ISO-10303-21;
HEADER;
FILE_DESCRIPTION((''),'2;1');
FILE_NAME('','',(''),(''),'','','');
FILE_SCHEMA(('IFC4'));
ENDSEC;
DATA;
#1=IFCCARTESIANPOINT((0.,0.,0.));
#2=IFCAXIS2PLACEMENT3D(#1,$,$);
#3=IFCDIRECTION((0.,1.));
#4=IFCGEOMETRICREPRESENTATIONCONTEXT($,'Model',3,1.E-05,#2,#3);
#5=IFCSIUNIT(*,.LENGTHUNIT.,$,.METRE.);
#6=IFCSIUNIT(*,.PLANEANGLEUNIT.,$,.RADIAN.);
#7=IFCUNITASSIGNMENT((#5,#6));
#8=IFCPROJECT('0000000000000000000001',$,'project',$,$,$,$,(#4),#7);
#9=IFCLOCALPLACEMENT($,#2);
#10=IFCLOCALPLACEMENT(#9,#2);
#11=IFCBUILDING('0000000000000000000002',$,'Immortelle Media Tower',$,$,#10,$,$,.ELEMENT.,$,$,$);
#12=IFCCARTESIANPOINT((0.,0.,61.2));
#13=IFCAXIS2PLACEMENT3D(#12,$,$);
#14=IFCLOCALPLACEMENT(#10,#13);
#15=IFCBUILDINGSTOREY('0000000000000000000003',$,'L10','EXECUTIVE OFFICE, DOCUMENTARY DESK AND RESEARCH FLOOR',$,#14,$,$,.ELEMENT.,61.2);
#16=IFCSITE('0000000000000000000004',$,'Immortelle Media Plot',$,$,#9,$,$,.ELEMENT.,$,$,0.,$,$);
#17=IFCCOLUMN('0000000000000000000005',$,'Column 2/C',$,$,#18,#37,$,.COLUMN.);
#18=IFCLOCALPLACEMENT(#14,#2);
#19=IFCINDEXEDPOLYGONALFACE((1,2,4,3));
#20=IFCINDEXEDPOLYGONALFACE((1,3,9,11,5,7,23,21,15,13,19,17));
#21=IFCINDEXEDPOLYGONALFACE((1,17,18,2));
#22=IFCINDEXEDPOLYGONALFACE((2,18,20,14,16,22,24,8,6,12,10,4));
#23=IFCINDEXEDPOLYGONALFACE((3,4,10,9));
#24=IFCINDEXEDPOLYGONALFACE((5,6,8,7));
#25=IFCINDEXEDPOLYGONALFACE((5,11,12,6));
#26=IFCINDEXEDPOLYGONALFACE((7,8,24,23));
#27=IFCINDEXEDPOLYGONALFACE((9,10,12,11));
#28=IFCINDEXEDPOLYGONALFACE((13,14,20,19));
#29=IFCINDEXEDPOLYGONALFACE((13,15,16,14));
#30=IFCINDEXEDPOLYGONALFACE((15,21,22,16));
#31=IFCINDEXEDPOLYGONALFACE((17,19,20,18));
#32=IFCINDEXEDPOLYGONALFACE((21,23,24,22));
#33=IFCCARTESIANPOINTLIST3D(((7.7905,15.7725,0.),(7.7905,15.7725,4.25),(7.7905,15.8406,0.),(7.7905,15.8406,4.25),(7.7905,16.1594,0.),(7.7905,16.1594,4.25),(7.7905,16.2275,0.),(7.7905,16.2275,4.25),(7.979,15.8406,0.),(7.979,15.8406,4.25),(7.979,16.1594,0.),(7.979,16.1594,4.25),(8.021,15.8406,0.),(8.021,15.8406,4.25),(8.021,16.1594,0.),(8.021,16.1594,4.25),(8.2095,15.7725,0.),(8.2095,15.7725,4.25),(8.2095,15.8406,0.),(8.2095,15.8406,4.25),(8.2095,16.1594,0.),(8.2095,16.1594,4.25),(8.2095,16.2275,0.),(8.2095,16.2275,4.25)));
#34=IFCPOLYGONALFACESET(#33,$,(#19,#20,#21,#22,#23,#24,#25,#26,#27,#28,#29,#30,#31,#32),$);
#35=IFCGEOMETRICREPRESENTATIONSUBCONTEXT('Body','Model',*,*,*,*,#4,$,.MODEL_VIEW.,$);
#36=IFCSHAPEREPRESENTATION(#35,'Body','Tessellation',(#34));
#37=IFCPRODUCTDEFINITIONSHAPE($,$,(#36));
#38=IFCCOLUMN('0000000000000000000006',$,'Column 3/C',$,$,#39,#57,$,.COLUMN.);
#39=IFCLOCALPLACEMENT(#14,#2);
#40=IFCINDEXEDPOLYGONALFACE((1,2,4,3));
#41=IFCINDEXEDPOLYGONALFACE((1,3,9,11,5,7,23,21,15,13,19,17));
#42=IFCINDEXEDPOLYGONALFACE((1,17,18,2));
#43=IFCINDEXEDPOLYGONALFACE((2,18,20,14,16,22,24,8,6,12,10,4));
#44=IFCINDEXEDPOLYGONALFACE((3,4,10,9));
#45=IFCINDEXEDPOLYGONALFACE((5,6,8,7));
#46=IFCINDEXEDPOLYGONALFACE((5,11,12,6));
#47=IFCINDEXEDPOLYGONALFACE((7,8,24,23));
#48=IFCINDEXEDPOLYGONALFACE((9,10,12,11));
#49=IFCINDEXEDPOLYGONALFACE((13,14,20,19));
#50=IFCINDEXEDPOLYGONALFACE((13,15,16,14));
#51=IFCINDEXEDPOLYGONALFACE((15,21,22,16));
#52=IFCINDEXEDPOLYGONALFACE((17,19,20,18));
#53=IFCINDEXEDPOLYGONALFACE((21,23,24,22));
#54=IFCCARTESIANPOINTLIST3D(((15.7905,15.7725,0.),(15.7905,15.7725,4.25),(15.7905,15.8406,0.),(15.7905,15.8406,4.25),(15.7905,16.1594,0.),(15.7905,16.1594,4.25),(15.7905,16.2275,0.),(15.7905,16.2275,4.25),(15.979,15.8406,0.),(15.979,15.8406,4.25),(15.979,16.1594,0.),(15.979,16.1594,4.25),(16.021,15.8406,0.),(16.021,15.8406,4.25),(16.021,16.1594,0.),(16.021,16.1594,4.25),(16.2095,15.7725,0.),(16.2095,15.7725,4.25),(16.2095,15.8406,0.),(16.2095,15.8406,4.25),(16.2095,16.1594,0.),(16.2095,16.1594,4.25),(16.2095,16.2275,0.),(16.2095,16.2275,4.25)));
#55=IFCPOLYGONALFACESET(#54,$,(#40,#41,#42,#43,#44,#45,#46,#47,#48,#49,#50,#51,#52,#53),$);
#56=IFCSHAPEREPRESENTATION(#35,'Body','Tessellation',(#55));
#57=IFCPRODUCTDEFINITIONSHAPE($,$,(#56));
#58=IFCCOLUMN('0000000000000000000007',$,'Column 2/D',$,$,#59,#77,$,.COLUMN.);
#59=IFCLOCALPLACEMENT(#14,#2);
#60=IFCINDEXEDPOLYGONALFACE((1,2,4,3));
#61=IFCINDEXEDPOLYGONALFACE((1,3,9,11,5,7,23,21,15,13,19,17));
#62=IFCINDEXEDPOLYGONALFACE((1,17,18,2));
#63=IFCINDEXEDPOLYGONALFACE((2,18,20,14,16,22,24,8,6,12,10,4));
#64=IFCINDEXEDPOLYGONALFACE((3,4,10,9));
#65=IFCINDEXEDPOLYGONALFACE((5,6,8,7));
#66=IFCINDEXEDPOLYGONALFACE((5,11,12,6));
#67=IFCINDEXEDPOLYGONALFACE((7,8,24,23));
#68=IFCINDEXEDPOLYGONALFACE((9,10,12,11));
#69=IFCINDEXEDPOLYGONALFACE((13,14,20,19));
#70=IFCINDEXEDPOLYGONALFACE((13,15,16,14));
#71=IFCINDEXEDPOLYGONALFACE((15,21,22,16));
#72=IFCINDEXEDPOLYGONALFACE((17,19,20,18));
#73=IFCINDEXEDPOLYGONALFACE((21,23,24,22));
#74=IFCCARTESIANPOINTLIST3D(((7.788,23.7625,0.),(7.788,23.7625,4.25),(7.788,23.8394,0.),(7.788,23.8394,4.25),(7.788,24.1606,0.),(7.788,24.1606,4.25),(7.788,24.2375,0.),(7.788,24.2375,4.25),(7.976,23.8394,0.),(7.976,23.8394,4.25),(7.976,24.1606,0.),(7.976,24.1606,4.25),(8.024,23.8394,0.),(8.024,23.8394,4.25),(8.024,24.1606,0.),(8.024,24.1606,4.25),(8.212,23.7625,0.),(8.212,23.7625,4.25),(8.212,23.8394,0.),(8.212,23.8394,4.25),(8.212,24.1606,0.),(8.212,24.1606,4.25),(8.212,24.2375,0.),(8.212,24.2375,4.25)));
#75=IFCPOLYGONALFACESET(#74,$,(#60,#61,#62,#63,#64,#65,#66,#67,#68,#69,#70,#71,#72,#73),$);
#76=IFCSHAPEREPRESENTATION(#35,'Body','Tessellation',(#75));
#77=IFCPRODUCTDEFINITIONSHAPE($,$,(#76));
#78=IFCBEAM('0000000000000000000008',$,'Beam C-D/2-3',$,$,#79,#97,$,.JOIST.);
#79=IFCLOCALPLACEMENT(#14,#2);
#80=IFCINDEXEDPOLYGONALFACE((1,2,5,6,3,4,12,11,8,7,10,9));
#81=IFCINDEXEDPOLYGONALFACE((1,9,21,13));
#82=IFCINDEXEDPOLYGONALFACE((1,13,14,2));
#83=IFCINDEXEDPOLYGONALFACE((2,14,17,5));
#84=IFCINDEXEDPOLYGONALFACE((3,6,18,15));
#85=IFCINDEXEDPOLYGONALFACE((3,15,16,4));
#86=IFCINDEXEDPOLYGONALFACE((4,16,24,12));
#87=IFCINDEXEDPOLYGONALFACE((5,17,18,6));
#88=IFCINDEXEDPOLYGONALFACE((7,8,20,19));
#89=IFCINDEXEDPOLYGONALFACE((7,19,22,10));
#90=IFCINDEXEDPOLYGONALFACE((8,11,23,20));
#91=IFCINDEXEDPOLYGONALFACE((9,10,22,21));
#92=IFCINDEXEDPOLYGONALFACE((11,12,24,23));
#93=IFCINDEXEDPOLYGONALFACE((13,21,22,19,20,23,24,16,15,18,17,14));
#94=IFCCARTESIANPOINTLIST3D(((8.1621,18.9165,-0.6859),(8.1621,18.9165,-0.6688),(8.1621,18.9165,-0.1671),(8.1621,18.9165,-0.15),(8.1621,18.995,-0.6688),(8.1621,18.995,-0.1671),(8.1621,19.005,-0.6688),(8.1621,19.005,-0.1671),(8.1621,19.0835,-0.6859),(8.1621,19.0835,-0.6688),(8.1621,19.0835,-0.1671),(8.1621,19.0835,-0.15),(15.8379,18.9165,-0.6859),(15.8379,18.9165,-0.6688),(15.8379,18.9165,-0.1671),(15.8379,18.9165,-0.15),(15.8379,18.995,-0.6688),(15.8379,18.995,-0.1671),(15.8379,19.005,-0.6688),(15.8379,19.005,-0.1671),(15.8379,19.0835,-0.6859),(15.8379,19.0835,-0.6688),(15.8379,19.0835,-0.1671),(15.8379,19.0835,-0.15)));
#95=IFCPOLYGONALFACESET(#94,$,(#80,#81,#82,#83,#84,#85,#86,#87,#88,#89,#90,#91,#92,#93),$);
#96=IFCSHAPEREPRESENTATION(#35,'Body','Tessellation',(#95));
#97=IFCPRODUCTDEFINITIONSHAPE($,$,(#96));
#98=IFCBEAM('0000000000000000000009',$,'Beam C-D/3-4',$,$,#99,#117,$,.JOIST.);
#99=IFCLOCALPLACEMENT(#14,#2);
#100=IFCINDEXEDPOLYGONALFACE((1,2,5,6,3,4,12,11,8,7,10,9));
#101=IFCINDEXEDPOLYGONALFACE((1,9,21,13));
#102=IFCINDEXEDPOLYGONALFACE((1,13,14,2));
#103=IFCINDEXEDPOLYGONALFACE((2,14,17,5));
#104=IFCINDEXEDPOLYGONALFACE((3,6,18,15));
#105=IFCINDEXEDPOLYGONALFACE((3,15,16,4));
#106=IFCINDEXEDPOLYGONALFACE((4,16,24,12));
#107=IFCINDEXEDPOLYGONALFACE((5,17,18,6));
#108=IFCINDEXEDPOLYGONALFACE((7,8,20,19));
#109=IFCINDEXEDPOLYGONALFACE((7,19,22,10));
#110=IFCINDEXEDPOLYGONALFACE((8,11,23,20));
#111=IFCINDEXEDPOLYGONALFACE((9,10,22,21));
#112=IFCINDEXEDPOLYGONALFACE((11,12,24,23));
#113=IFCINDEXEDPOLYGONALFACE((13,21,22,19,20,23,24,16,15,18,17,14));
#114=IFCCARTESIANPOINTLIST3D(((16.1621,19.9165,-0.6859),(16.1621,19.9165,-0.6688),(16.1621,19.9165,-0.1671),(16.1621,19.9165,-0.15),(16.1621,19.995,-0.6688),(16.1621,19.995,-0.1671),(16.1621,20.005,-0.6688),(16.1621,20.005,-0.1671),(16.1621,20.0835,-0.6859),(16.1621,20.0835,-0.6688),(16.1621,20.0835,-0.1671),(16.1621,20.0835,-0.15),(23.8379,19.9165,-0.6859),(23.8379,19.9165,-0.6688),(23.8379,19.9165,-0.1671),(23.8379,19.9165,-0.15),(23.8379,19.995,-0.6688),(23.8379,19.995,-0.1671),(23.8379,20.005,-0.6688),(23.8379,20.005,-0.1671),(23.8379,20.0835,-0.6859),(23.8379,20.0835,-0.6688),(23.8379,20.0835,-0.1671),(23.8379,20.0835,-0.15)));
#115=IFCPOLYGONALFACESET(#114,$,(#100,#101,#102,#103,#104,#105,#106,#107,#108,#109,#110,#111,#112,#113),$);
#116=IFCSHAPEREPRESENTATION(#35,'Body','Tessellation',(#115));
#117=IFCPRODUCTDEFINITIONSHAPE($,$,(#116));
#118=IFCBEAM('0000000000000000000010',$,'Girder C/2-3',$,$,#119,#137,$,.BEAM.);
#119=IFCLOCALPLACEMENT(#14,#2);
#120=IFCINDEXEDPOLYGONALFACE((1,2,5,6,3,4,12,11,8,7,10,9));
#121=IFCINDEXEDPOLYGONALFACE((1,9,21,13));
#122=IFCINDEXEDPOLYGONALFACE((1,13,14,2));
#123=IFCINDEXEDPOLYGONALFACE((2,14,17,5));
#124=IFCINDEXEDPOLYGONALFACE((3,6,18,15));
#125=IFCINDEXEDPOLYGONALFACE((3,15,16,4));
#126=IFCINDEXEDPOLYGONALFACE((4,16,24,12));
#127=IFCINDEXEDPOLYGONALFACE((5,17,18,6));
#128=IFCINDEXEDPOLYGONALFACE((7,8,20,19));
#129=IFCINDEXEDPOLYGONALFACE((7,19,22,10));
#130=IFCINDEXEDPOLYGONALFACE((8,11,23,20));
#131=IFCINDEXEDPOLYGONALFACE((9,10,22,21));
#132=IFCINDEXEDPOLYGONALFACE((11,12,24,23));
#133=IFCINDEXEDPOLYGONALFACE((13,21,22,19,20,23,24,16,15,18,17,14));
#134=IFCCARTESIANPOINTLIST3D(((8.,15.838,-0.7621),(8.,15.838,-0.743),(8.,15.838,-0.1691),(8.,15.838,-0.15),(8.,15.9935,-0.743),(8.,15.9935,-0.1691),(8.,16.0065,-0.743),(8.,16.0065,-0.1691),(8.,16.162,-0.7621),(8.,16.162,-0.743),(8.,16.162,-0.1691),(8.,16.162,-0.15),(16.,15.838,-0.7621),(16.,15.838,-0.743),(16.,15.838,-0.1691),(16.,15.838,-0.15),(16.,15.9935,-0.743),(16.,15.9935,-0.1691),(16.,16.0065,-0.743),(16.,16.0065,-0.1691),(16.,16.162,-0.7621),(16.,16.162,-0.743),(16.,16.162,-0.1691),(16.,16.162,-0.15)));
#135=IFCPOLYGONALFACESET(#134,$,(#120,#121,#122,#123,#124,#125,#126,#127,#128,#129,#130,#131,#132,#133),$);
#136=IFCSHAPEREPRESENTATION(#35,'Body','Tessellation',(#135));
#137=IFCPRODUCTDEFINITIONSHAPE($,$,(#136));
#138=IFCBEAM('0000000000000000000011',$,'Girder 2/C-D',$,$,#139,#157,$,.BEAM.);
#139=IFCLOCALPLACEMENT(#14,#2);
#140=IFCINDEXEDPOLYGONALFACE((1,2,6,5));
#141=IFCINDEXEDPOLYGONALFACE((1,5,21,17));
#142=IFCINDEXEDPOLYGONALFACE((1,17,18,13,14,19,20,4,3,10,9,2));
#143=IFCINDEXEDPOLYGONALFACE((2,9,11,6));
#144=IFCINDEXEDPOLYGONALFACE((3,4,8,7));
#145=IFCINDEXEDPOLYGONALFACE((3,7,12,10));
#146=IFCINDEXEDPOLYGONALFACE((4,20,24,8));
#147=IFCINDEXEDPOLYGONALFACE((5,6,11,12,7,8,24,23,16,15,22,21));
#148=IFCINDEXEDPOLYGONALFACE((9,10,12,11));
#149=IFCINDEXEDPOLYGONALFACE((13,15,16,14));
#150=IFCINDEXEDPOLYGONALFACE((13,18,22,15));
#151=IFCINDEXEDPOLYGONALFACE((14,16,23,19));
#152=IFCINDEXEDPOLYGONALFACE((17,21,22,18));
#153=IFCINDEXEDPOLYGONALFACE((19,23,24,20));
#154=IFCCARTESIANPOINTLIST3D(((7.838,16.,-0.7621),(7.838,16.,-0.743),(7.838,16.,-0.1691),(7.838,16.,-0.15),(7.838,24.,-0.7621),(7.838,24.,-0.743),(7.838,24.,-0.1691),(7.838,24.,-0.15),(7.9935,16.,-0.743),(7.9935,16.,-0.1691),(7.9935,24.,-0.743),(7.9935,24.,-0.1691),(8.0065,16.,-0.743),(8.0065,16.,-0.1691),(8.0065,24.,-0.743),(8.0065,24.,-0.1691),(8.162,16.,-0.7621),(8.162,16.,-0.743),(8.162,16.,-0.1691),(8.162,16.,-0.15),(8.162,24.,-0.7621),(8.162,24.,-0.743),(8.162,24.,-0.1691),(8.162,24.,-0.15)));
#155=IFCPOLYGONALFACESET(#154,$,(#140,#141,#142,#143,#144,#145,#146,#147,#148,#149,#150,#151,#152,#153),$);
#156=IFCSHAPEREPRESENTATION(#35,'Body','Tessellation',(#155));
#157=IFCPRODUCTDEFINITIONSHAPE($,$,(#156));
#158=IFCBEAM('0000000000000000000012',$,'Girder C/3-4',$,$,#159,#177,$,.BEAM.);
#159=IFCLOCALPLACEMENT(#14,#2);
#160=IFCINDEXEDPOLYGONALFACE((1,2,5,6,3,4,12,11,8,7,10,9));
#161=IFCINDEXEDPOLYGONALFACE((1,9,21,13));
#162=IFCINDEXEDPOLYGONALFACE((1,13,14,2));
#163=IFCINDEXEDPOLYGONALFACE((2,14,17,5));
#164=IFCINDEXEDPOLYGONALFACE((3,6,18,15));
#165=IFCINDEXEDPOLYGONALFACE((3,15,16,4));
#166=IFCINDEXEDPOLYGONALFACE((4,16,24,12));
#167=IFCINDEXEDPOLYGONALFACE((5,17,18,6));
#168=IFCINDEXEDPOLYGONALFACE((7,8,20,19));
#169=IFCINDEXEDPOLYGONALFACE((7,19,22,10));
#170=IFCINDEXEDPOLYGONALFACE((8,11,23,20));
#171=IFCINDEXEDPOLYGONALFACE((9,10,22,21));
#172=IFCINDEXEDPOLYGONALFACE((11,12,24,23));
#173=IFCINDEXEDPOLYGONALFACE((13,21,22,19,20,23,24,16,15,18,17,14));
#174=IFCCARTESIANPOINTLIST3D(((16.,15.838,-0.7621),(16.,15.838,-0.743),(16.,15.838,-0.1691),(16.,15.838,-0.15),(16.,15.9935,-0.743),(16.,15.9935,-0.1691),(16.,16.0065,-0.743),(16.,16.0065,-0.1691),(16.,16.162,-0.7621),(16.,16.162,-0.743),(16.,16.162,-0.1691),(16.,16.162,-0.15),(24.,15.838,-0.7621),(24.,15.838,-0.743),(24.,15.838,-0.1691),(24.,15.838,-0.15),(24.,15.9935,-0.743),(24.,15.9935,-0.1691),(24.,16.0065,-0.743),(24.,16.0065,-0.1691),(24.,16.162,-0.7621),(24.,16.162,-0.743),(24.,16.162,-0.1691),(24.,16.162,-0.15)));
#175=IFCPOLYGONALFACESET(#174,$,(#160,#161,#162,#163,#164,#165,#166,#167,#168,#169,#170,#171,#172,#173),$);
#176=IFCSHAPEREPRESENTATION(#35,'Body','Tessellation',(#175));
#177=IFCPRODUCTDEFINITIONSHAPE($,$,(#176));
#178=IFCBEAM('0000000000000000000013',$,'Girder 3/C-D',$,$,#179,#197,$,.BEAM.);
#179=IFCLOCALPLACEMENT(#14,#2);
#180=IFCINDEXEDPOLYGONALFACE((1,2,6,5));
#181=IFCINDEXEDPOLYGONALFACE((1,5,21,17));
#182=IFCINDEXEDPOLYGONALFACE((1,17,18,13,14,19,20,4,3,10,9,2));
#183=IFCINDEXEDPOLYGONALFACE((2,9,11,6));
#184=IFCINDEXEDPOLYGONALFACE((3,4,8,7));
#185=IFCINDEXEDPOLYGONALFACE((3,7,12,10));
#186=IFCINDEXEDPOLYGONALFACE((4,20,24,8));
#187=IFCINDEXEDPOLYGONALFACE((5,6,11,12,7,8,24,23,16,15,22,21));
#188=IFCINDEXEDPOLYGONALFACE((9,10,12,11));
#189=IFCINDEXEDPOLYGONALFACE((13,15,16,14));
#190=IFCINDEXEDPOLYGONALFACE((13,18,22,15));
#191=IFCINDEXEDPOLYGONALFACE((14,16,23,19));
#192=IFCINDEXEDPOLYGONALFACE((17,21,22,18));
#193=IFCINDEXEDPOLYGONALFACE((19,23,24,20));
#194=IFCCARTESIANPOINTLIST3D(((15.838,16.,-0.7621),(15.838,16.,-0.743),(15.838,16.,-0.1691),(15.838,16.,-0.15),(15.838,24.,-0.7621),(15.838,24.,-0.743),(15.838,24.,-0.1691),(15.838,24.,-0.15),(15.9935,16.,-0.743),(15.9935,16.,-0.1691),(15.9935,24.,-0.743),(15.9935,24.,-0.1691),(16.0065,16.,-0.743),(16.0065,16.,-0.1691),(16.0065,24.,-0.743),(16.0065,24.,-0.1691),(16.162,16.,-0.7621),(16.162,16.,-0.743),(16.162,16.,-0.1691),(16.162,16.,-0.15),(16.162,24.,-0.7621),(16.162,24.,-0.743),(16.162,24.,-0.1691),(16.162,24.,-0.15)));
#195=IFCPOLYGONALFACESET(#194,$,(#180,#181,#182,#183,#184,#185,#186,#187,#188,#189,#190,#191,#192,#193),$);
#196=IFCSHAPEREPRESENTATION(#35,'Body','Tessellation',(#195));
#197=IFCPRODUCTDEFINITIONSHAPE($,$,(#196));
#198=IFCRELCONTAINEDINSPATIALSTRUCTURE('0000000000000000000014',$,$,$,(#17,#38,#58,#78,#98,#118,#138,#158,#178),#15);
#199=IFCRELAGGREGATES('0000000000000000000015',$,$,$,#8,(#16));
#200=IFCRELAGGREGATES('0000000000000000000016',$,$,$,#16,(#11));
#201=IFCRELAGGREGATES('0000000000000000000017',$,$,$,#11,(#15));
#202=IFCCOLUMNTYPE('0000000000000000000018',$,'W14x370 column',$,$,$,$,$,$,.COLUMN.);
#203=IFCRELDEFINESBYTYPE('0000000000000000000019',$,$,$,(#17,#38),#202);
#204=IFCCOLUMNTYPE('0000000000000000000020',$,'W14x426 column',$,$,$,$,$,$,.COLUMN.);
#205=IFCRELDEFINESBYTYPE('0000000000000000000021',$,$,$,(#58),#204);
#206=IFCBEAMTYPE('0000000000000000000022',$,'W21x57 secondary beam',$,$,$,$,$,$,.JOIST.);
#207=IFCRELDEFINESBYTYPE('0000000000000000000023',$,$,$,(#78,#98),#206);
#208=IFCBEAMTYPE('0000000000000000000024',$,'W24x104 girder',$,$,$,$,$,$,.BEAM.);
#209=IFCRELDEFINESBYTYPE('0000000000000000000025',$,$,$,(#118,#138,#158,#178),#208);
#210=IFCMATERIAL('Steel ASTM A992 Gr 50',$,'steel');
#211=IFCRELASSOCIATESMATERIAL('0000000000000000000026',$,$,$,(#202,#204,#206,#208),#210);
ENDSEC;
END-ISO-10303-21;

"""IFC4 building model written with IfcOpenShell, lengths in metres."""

from ifc_helpers import new_model, si_unit, direction, frame, origin, origin_2d, place, context, subcontext, project, spatial, i_section, extrude, material, material_profile, profile_set, type_object, element, save


model = new_model("IFC4")

# Units and contexts
model_context = context("Model", 3, precision=1e-05, world=origin(), true_north=direction((0.0, 1.0)))
body_context = subcontext(model_context, "Body", "Model", "MODEL_VIEW")
ifc_project = project(units=[si_unit("LENGTHUNIT", "METRE"), si_unit("PLANEANGLEUNIT", "RADIAN")], contexts=[model_context])

# Site, building, storey
site_placement = place(None, origin())
site = spatial("IfcSite", under=ifc_project, at=site_placement, Name="Immortelle Media Plot", CompositionType="ELEMENT", RefElevation=0.0)
building_placement = place(site_placement, origin())
building = spatial("IfcBuilding", under=site, at=building_placement, Name="Immortelle Media Tower", CompositionType="ELEMENT")
storey_placement = place(building_placement, frame((0.0, 0.0, 61.2)))
storey = spatial("IfcBuildingStorey", under=building, at=storey_placement, Name="L10", Description="EXECUTIVE OFFICE, DOCUMENTARY DESK AND RESEARCH FLOOR", CompositionType="ELEMENT", Elevation=61.2)

# Columns
ifc_material_1 = material(Name="Steel ASTM A992 Gr 50", Category="steel")
ifc_material_profile_1 = material_profile(ifc_material_1, i_section(OverallWidth=0.4189, OverallDepth=0.4551, WebThickness=0.042, FlangeThickness=0.0681, at=origin_2d()), Name="W14x370")
ifc_profile_set_1 = profile_set([ifc_material_profile_1], Name="Steel ASTM A992 Gr 50")
column_type_1 = type_object("IfcColumnType", Name="W14x370 column", PredefinedType="COLUMN", material=ifc_profile_set_1)
for number, where, z_axis, x_axis, name in (
    (1, (8.0, 16.0, 0.0), (0.0, 0.0, 1.0), (1.0, 0.0, 0.0), "Column 2/C"),
    (2, (16.0, 16.0, 0.0), (0.0, 0.0, 1.0), (1.0, 0.0, 0.0), "Column 3/C"),
):
    element("IfcColumn", number, at=place(storey_placement, frame(where, z_axis=z_axis, x_axis=x_axis)), inside=storey, type_object=column_type_1, Name=name, PredefinedType="COLUMN", context=body_context, shape_type="SweptSolid", body=[
        extrude(i_section(OverallWidth=0.4189, OverallDepth=0.4551, WebThickness=0.042, FlangeThickness=0.0681, at=origin_2d()), origin(), (0.0, 0.0, 1.0), 4.25),
    ])
ifc_material_profile_2 = material_profile(ifc_material_1, i_section(OverallWidth=0.4241, OverallDepth=0.4751, WebThickness=0.0481, FlangeThickness=0.0769, at=origin_2d()), Name="W14x426")
ifc_profile_set_2 = profile_set([ifc_material_profile_2], Name="Steel ASTM A992 Gr 50")
column_type_2 = type_object("IfcColumnType", Name="W14x426 column", PredefinedType="COLUMN", material=ifc_profile_set_2)
column_placement = place(storey_placement, frame((8.0, 24.0, 0.0), z_axis=(0.0, 0.0, 1.0), x_axis=(1.0, 0.0, 0.0)))
element("IfcColumn", 3, at=column_placement, inside=storey, type_object=column_type_2, Name="Column 2/D", PredefinedType="COLUMN", context=body_context, shape_type="SweptSolid", body=[
    extrude(i_section(OverallWidth=0.4241, OverallDepth=0.4751, WebThickness=0.0481, FlangeThickness=0.0769, at=origin_2d()), origin(), (0.0, 0.0, 1.0), 4.25),
])

# Beams
ifc_material_profile_3 = material_profile(ifc_material_1, i_section(OverallWidth=0.167, OverallDepth=0.5359, WebThickness=0.01, FlangeThickness=0.0171, at=origin_2d()), Name="W21x57")
ifc_profile_set_3 = profile_set([ifc_material_profile_3], Name="Steel ASTM A992 Gr 50")
beam_type_1 = type_object("IfcBeamType", Name="W21x57 secondary beam", PredefinedType="JOIST", material=ifc_profile_set_3)
for number, where, z_axis, x_axis, name in (
    (4, (8.1621, 19.0, -0.418), (1.0, 0.0, 0.0), (0.0, 1.0, 0.0), "Beam C-D/2-3"),
    (5, (16.1621, 20.0, -0.418), (1.0, 0.0, 0.0), (0.0, 1.0, 0.0), "Beam C-D/3-4"),
):
    element("IfcBeam", number, at=place(storey_placement, frame(where, z_axis=z_axis, x_axis=x_axis)), inside=storey, type_object=beam_type_1, Name=name, PredefinedType="JOIST", context=body_context, shape_type="SweptSolid", body=[
        extrude(i_section(OverallWidth=0.167, OverallDepth=0.5359, WebThickness=0.01, FlangeThickness=0.0171, at=origin_2d()), origin(), (0.0, 0.0, 1.0), 7.6758),
    ])
ifc_material_profile_4 = material_profile(ifc_material_1, i_section(OverallWidth=0.324, OverallDepth=0.6121, WebThickness=0.0129, FlangeThickness=0.019, at=origin_2d()), Name="W24x104")
ifc_profile_set_4 = profile_set([ifc_material_profile_4], Name="Steel ASTM A992 Gr 50")
beam_type_2 = type_object("IfcBeamType", Name="W24x104 girder", PredefinedType="BEAM", material=ifc_profile_set_4)
for number, where, z_axis, x_axis, name in (
    (6, (8.0, 16.0, -0.4561), (1.0, 0.0, 0.0), (0.0, 1.0, 0.0), "Girder C/2-3"),
    (7, (8.0, 16.0, -0.4561), (0.0, 1.0, 0.0), (-1.0, 0.0, 0.0), "Girder 2/C-D"),
    (8, (16.0, 16.0, -0.4561), (1.0, 0.0, 0.0), (0.0, 1.0, 0.0), "Girder C/3-4"),
    (9, (16.0, 16.0, -0.4561), (0.0, 1.0, 0.0), (-1.0, 0.0, 0.0), "Girder 3/C-D"),
):
    element("IfcBeam", number, at=place(storey_placement, frame(where, z_axis=z_axis, x_axis=x_axis)), inside=storey, type_object=beam_type_2, Name=name, PredefinedType="BEAM", context=body_context, shape_type="SweptSolid", body=[
        extrude(i_section(OverallWidth=0.324, OverallDepth=0.6121, WebThickness=0.0129, FlangeThickness=0.019, at=origin_2d()), origin(), (0.0, 0.0, 1.0), 8.0),
    ])

save(model, "model.ifc")
